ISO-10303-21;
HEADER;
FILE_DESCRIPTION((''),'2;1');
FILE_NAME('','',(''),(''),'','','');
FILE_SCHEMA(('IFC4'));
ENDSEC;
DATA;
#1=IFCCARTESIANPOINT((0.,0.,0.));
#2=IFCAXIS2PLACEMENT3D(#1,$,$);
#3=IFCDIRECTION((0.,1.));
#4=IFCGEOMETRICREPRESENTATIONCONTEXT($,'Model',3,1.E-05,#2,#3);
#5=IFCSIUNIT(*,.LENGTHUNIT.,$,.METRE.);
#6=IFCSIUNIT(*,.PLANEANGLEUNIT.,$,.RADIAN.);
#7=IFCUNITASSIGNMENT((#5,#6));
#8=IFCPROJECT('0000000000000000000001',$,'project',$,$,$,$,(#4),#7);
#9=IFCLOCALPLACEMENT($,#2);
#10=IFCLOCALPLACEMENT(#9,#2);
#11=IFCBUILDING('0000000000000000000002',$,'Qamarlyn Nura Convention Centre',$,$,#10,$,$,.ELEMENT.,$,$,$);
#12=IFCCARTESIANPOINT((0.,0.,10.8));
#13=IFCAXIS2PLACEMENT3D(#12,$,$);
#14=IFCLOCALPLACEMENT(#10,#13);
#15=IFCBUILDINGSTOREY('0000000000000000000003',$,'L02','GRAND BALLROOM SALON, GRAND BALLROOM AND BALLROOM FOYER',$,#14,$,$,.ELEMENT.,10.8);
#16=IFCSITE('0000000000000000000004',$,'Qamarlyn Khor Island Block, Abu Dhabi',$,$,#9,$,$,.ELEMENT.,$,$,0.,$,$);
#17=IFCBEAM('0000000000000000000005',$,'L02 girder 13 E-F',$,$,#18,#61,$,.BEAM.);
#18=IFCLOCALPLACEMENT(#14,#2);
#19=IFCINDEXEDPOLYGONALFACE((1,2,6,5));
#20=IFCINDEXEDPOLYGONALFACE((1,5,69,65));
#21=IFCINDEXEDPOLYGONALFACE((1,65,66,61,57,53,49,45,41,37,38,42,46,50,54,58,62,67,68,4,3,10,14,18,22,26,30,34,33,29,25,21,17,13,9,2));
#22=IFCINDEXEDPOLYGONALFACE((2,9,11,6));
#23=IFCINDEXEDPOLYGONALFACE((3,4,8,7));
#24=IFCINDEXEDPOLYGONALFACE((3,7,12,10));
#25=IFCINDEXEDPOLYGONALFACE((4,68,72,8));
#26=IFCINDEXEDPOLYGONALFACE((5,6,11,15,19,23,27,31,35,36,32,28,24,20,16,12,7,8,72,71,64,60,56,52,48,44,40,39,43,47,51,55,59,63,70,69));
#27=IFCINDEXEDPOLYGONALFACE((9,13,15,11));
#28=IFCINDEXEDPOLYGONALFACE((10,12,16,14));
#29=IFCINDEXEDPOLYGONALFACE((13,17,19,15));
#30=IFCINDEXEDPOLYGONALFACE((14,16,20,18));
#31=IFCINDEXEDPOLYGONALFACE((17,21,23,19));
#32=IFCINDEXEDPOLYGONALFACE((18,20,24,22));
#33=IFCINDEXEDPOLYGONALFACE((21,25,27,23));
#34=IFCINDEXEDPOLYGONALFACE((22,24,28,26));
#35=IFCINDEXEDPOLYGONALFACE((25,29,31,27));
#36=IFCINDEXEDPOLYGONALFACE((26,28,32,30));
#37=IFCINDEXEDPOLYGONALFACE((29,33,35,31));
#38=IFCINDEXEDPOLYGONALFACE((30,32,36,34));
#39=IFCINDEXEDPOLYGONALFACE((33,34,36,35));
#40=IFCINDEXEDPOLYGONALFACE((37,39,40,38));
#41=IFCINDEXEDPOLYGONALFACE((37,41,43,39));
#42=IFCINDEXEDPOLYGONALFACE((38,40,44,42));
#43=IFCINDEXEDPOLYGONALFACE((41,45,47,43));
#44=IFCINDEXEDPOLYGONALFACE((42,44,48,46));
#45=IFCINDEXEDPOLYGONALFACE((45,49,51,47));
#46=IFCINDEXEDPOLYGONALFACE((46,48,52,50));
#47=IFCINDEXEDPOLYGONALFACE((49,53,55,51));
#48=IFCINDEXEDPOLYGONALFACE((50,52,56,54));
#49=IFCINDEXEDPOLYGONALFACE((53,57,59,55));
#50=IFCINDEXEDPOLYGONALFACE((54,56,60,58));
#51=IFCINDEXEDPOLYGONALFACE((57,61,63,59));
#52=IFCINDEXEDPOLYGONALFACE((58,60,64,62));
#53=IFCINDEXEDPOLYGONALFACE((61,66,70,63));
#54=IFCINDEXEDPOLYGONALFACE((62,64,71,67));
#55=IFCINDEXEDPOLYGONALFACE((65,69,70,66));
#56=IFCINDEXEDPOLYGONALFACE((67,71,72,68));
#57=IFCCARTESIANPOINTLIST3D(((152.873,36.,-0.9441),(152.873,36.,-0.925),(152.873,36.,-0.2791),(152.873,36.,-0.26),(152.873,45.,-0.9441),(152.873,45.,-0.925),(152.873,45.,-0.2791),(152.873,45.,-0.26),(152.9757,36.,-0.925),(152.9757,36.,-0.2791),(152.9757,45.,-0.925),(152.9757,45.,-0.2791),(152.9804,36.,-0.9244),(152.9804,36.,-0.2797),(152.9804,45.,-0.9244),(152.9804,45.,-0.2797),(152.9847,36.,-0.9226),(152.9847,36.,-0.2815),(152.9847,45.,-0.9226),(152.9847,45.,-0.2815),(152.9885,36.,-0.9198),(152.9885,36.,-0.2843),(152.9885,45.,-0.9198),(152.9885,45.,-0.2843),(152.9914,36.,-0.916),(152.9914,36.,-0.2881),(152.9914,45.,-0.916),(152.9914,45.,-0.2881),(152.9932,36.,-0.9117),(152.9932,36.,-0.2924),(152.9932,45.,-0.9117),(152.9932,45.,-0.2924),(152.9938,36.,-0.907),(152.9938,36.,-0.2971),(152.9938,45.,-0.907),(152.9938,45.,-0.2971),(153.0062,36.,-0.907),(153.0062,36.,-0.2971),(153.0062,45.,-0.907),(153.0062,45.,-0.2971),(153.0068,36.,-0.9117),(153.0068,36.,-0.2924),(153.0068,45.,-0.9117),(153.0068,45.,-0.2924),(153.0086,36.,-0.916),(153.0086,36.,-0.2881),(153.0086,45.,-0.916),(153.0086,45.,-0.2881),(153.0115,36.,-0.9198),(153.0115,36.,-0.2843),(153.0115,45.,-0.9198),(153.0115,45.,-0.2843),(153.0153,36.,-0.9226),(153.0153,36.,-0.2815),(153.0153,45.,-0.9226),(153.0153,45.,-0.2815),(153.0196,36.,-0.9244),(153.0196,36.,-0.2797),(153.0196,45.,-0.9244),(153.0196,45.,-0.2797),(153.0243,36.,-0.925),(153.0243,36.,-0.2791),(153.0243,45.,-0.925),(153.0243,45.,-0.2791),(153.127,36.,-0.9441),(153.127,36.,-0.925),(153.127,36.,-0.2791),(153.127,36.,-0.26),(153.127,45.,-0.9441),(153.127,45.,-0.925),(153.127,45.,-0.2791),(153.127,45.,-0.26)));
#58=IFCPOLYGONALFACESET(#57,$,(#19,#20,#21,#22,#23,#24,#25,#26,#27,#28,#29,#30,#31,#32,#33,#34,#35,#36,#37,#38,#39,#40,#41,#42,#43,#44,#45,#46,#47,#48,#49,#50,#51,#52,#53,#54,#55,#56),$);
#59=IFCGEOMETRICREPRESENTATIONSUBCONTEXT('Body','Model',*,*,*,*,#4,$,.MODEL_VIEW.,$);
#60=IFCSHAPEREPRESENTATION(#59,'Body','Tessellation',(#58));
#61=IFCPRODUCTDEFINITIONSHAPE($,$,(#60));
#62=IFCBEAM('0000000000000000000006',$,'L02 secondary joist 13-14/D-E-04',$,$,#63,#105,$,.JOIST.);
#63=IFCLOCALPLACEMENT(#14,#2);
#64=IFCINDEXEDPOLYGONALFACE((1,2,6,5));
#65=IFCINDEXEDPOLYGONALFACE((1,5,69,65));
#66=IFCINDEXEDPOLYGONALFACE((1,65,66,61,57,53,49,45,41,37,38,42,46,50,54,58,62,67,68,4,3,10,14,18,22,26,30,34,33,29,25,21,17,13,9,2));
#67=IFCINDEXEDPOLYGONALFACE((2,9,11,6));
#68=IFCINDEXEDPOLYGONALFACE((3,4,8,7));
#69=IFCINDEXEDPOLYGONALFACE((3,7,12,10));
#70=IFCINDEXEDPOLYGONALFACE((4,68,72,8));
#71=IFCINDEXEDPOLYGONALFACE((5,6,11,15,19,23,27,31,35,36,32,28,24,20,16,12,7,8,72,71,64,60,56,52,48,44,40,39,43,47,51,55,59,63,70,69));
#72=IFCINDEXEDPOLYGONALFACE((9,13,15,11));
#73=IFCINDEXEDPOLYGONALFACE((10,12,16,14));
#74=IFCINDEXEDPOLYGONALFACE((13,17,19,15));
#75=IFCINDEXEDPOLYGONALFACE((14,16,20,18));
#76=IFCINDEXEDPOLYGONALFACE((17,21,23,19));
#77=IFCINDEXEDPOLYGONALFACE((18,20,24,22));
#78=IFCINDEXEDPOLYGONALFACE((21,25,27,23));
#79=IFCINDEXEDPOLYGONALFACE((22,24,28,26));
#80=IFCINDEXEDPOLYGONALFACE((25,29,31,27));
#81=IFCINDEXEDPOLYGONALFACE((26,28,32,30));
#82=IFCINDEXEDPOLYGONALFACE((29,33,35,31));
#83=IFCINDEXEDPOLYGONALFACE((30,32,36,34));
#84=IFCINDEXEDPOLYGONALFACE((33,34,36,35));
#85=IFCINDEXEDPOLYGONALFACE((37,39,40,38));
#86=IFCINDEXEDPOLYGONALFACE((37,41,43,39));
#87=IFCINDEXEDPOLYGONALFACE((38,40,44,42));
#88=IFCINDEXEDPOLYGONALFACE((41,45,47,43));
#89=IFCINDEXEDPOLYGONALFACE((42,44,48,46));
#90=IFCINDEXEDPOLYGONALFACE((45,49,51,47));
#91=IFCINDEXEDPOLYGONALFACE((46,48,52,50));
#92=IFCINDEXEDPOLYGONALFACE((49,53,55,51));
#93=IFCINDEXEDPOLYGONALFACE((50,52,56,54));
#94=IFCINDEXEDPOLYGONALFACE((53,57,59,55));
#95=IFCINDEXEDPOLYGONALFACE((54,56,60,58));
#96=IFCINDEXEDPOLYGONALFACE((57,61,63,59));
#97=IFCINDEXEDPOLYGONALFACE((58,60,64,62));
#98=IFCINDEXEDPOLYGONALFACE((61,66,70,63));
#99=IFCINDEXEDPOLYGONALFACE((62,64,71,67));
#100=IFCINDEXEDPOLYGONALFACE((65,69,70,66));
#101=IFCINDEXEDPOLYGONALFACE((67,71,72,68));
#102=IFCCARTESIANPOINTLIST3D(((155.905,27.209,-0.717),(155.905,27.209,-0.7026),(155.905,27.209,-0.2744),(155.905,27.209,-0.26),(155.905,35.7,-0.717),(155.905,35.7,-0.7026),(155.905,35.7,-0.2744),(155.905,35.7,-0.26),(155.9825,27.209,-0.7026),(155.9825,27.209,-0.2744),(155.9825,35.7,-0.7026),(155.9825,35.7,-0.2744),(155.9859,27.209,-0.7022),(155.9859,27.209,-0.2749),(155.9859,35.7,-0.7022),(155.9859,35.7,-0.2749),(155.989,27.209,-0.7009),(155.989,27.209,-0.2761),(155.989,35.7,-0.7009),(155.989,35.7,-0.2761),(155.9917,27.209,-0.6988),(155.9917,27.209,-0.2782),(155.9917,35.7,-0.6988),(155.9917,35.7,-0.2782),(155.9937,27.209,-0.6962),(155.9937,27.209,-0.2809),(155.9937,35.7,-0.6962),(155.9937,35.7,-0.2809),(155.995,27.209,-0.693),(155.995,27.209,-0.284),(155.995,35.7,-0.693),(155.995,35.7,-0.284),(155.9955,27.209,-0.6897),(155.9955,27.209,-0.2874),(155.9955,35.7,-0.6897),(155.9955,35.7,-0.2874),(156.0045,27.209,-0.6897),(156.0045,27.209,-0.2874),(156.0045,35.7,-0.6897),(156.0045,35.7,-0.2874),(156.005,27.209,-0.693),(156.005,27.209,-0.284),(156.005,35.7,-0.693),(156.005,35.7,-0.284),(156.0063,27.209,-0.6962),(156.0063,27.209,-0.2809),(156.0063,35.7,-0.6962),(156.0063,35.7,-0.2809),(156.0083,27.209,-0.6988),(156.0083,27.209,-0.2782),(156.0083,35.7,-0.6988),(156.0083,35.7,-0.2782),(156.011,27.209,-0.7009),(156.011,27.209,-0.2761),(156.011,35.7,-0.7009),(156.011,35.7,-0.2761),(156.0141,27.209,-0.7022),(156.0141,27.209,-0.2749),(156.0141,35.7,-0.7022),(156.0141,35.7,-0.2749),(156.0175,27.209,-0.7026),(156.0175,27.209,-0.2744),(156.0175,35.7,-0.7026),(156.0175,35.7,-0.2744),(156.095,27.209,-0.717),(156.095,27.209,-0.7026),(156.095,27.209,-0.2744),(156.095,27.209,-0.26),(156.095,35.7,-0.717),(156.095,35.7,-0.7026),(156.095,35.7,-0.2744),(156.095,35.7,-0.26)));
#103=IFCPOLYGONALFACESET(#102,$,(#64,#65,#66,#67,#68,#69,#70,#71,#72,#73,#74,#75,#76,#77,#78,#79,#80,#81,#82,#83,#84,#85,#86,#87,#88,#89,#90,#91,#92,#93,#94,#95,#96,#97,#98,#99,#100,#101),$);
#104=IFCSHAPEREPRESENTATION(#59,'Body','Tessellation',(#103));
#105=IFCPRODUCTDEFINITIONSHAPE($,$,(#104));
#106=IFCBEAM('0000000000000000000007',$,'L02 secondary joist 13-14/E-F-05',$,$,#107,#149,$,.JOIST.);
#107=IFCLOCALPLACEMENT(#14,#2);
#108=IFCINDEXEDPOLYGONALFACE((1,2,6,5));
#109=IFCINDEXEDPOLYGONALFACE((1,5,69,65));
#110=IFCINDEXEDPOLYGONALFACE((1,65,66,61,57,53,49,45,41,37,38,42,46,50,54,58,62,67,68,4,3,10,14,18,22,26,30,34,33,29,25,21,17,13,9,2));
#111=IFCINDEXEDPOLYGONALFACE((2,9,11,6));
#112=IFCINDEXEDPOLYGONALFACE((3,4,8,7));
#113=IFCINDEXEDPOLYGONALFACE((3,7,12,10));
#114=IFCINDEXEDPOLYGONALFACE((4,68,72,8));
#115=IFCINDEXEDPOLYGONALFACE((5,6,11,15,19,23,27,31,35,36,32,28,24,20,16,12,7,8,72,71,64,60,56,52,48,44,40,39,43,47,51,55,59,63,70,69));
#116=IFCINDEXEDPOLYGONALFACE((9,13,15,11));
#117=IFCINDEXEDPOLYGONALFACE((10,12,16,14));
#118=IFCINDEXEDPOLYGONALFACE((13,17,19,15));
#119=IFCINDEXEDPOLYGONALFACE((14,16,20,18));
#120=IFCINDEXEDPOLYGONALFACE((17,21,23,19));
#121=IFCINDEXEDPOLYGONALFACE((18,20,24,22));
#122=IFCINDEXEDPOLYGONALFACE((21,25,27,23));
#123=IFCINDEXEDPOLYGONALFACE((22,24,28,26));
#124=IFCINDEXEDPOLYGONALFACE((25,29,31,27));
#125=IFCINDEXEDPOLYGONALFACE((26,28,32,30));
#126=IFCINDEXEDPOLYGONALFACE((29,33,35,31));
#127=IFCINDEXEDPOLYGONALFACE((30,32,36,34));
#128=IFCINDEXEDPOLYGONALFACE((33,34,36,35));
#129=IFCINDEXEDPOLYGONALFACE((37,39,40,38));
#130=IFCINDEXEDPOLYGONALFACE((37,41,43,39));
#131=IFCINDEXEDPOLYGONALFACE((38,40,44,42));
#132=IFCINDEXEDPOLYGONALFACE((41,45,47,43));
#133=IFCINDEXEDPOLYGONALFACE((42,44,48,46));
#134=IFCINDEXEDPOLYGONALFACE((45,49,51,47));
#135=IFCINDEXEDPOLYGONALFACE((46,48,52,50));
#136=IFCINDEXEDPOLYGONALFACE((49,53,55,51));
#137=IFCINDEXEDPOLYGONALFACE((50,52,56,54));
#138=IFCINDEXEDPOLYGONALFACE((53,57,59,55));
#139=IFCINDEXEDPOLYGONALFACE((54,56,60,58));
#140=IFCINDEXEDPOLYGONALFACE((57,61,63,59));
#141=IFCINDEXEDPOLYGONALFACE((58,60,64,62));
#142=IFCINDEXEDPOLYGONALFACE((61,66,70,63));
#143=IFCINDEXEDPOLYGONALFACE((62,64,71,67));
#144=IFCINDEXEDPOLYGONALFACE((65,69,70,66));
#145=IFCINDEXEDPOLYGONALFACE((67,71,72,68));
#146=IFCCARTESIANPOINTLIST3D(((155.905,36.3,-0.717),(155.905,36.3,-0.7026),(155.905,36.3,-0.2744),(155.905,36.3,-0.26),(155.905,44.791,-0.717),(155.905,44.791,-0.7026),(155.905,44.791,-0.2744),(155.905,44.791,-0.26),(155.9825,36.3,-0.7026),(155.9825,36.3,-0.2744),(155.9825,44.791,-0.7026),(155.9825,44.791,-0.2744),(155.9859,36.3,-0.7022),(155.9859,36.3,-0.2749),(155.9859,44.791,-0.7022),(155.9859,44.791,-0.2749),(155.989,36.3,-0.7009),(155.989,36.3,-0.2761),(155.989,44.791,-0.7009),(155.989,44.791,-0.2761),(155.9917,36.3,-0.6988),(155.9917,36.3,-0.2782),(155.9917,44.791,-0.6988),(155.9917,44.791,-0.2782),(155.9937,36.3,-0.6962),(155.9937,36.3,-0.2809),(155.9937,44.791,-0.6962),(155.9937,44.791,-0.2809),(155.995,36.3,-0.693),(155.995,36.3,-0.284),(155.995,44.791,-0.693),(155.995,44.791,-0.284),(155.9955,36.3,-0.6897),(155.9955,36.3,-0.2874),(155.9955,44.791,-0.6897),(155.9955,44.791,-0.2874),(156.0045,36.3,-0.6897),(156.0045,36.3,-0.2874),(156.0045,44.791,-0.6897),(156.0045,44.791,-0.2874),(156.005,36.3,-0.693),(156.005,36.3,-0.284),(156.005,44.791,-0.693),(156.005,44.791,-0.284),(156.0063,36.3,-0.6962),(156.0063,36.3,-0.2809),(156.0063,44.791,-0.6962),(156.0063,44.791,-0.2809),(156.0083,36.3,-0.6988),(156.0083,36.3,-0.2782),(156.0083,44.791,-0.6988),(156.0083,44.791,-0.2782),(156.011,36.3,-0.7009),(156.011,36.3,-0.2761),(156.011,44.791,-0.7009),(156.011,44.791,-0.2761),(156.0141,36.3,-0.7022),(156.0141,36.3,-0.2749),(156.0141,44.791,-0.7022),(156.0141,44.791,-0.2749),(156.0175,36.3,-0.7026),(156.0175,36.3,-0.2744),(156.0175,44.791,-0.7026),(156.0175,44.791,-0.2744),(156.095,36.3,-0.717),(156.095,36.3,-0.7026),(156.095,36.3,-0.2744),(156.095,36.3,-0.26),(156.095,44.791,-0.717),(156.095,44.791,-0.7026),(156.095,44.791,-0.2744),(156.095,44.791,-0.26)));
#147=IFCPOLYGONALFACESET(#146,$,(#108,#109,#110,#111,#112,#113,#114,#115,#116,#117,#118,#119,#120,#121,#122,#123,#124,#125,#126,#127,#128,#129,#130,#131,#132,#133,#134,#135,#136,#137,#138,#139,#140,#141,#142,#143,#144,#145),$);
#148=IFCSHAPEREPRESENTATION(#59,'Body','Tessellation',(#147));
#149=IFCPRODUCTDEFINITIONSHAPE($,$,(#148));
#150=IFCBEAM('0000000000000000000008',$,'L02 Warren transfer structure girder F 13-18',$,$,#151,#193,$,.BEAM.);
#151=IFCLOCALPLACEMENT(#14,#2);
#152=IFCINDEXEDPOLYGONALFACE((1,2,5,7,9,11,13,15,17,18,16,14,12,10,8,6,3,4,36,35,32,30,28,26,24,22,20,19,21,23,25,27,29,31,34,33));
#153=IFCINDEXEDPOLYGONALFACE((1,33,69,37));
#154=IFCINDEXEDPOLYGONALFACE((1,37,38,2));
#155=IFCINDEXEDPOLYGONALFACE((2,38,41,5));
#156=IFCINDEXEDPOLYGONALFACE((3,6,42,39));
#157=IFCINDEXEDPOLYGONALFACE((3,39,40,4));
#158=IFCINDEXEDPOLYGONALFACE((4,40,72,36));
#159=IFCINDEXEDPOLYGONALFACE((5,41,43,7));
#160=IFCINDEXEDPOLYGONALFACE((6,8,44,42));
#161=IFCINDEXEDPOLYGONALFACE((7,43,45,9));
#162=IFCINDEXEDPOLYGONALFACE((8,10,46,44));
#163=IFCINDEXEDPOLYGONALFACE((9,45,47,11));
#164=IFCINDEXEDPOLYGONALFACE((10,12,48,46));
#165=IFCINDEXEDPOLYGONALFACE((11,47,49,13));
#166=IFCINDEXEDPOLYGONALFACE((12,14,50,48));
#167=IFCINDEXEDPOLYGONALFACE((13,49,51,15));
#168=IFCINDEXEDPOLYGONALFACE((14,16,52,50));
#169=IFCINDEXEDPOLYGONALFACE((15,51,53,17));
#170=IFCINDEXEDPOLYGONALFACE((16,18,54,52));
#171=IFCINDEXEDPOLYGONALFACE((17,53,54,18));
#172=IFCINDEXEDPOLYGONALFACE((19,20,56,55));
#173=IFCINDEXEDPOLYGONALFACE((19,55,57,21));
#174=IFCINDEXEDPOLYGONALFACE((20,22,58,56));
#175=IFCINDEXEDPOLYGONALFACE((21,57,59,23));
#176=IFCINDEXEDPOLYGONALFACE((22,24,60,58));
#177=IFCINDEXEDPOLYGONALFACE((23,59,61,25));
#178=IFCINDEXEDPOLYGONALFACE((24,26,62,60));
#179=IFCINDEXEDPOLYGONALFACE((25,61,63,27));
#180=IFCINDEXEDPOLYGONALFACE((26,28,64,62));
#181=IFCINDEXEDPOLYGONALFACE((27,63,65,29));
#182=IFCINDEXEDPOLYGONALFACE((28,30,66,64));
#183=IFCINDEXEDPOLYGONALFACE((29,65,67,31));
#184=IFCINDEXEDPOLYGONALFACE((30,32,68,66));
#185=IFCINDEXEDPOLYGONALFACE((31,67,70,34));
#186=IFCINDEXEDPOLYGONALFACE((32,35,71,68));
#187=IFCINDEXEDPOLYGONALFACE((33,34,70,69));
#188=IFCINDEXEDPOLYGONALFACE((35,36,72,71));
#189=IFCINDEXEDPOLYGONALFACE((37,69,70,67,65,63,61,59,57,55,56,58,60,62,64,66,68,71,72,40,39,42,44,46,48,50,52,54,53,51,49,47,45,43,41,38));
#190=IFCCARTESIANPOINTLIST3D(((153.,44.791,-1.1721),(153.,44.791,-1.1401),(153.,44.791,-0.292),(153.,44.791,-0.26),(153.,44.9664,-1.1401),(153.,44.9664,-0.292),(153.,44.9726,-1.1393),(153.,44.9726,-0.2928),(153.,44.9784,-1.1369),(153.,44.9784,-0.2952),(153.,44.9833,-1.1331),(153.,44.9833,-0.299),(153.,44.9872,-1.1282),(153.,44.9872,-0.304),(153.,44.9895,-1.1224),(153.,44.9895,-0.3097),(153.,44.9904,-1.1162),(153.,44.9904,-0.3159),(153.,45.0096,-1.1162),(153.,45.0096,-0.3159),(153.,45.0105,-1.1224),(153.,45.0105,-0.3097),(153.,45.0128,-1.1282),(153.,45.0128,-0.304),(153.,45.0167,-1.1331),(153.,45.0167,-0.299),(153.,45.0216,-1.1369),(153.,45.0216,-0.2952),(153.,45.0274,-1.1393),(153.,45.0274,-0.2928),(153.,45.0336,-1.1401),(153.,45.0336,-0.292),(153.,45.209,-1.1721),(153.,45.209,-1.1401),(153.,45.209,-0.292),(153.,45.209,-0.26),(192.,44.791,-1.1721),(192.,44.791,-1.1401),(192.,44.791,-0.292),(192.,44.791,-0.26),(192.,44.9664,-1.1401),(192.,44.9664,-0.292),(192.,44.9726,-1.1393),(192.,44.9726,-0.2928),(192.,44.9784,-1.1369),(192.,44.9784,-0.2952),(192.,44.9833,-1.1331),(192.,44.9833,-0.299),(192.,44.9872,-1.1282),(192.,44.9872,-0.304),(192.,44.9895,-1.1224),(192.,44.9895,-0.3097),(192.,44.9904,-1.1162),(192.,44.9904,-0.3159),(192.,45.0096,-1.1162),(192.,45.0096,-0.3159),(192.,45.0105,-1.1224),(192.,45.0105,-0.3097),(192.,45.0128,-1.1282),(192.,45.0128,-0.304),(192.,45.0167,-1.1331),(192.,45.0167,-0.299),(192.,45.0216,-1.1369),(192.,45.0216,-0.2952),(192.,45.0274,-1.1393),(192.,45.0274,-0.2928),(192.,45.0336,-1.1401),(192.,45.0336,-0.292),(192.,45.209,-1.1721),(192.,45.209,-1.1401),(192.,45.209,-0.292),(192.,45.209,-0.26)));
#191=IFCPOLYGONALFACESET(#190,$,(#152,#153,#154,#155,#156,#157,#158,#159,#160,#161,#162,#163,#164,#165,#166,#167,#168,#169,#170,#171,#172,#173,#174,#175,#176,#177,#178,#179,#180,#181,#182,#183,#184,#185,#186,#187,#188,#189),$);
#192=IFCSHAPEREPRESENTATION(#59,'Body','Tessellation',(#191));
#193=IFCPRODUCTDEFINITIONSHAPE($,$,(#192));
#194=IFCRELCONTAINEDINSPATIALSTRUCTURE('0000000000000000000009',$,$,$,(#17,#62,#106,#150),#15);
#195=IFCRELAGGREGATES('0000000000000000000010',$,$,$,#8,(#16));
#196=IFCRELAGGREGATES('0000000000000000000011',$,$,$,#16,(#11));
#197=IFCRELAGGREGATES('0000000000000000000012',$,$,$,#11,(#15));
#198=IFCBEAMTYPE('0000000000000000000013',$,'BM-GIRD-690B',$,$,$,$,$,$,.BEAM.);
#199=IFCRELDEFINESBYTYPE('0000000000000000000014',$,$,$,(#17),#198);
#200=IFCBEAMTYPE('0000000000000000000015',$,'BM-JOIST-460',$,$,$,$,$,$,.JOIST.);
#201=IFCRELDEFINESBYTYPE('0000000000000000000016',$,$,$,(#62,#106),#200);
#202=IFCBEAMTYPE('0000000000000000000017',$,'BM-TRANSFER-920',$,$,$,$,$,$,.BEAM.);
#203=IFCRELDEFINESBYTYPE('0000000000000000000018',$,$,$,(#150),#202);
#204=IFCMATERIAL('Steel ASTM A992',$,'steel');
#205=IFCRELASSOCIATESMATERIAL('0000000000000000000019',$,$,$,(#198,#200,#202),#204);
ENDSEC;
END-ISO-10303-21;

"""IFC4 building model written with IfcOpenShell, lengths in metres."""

from ifc_helpers import new_model, si_unit, direction, frame, origin, origin_2d, place, context, subcontext, project, spatial, i_section, extrude, material, material_profile, profile_set, type_object, element, save


model = new_model("IFC4")

# Units and contexts
model_context = context("Model", 3, precision=1e-05, world=origin(), true_north=direction((0.0, 1.0)))
body_context = subcontext(model_context, "Body", "Model", "MODEL_VIEW")
ifc_project = project(units=[si_unit("LENGTHUNIT", "METRE"), si_unit("PLANEANGLEUNIT", "RADIAN")], contexts=[model_context])

# Site, building, storey
site_placement = place(None, origin())
site = spatial("IfcSite", under=ifc_project, at=site_placement, Name="Qamarlyn Khor Island Block, Abu Dhabi", CompositionType="ELEMENT", RefElevation=0.0)
building_placement = place(site_placement, origin())
building = spatial("IfcBuilding", under=site, at=building_placement, Name="Qamarlyn Nura Convention Centre", CompositionType="ELEMENT")
storey_placement = place(building_placement, frame((0.0, 0.0, 10.8)))
storey = spatial("IfcBuildingStorey", under=building, at=storey_placement, Name="L02", Description="GRAND BALLROOM SALON, GRAND BALLROOM AND BALLROOM FOYER", CompositionType="ELEMENT", Elevation=10.8)

# Shared definitions
ifc_material_1 = material(Name="Steel ASTM A992", Category="steel")

# Beams
ifc_material_profile_1 = material_profile(ifc_material_1, i_section(OverallWidth=0.2539, OverallDepth=0.6841, WebThickness=0.0125, FlangeThickness=0.019, FilletRadius=0.0181, at=origin_2d()), Name="W690X140")
ifc_profile_set_1 = profile_set([ifc_material_profile_1], Name="Steel ASTM A992")
beam_type_1 = type_object("IfcBeamType", Name="BM-GIRD-690B", PredefinedType="BEAM", material=ifc_profile_set_1)
beam_1_placement = place(storey_placement, frame((153.0, 36.0, -0.6021), z_axis=(0.0, 1.0, 0.0), x_axis=(-1.0, 0.0, 0.0)))
element("IfcBeam", 1, at=beam_1_placement, inside=storey, type_object=beam_type_1, Name="L02 girder 13 E-F", PredefinedType="BEAM", context=body_context, shape_type="SweptSolid", body=[
    extrude(i_section(OverallWidth=0.2539, OverallDepth=0.6841, WebThickness=0.0125, FlangeThickness=0.019, FilletRadius=0.0181, at=origin_2d()), origin(), (0.0, 0.0, 1.0), 9.0),
])
ifc_material_profile_2 = material_profile(ifc_material_1, i_section(OverallWidth=0.1899, OverallDepth=0.457, WebThickness=0.009, FlangeThickness=0.0144, FilletRadius=0.0129, at=origin_2d()), Name="W460X74")
ifc_profile_set_2 = profile_set([ifc_material_profile_2], Name="Steel ASTM A992")
beam_type_2 = type_object("IfcBeamType", Name="BM-JOIST-460", PredefinedType="JOIST", material=ifc_profile_set_2)
for number, where, z_axis, x_axis, name in (
    (2, (156.0, 27.209, -0.4885), (0.0, 1.0, 0.0), (-1.0, 0.0, 0.0), "L02 secondary joist 13-14/D-E-04"),
    (3, (156.0, 36.3, -0.4885), (0.0, 1.0, 0.0), (-1.0, 0.0, 0.0), "L02 secondary joist 13-14/E-F-05"),
):
    element("IfcBeam", number, at=place(storey_placement, frame(where, z_axis=z_axis, x_axis=x_axis)), inside=storey, type_object=beam_type_2, Name=name, PredefinedType="JOIST", context=body_context, shape_type="SweptSolid", body=[
        extrude(i_section(OverallWidth=0.1899, OverallDepth=0.457, WebThickness=0.009, FlangeThickness=0.0144, FilletRadius=0.0129, at=origin_2d()), origin(), (0.0, 0.0, 1.0), 8.491),
    ])
ifc_material_profile_3 = material_profile(ifc_material_1, i_section(OverallWidth=0.418, OverallDepth=0.9121, WebThickness=0.0193, FlangeThickness=0.032, FilletRadius=0.0239, at=origin_2d()), Name="W920X342")
ifc_profile_set_3 = profile_set([ifc_material_profile_3], Name="Steel ASTM A992")
beam_type_3 = type_object("IfcBeamType", Name="BM-TRANSFER-920", PredefinedType="BEAM", material=ifc_profile_set_3)
beam_2_placement = place(storey_placement, frame((153.0, 45.0, -0.7161), z_axis=(1.0, 0.0, 0.0), x_axis=(0.0, 1.0, 0.0)))
element("IfcBeam", 4, at=beam_2_placement, inside=storey, type_object=beam_type_3, Name="L02 Warren transfer structure girder F 13-18", PredefinedType="BEAM", context=body_context, shape_type="SweptSolid", body=[
    extrude(i_section(OverallWidth=0.418, OverallDepth=0.9121, WebThickness=0.0193, FlangeThickness=0.032, FilletRadius=0.0239, at=origin_2d()), origin(), (0.0, 0.0, 1.0), 39.0),
])

save(model, "model.ifc")
